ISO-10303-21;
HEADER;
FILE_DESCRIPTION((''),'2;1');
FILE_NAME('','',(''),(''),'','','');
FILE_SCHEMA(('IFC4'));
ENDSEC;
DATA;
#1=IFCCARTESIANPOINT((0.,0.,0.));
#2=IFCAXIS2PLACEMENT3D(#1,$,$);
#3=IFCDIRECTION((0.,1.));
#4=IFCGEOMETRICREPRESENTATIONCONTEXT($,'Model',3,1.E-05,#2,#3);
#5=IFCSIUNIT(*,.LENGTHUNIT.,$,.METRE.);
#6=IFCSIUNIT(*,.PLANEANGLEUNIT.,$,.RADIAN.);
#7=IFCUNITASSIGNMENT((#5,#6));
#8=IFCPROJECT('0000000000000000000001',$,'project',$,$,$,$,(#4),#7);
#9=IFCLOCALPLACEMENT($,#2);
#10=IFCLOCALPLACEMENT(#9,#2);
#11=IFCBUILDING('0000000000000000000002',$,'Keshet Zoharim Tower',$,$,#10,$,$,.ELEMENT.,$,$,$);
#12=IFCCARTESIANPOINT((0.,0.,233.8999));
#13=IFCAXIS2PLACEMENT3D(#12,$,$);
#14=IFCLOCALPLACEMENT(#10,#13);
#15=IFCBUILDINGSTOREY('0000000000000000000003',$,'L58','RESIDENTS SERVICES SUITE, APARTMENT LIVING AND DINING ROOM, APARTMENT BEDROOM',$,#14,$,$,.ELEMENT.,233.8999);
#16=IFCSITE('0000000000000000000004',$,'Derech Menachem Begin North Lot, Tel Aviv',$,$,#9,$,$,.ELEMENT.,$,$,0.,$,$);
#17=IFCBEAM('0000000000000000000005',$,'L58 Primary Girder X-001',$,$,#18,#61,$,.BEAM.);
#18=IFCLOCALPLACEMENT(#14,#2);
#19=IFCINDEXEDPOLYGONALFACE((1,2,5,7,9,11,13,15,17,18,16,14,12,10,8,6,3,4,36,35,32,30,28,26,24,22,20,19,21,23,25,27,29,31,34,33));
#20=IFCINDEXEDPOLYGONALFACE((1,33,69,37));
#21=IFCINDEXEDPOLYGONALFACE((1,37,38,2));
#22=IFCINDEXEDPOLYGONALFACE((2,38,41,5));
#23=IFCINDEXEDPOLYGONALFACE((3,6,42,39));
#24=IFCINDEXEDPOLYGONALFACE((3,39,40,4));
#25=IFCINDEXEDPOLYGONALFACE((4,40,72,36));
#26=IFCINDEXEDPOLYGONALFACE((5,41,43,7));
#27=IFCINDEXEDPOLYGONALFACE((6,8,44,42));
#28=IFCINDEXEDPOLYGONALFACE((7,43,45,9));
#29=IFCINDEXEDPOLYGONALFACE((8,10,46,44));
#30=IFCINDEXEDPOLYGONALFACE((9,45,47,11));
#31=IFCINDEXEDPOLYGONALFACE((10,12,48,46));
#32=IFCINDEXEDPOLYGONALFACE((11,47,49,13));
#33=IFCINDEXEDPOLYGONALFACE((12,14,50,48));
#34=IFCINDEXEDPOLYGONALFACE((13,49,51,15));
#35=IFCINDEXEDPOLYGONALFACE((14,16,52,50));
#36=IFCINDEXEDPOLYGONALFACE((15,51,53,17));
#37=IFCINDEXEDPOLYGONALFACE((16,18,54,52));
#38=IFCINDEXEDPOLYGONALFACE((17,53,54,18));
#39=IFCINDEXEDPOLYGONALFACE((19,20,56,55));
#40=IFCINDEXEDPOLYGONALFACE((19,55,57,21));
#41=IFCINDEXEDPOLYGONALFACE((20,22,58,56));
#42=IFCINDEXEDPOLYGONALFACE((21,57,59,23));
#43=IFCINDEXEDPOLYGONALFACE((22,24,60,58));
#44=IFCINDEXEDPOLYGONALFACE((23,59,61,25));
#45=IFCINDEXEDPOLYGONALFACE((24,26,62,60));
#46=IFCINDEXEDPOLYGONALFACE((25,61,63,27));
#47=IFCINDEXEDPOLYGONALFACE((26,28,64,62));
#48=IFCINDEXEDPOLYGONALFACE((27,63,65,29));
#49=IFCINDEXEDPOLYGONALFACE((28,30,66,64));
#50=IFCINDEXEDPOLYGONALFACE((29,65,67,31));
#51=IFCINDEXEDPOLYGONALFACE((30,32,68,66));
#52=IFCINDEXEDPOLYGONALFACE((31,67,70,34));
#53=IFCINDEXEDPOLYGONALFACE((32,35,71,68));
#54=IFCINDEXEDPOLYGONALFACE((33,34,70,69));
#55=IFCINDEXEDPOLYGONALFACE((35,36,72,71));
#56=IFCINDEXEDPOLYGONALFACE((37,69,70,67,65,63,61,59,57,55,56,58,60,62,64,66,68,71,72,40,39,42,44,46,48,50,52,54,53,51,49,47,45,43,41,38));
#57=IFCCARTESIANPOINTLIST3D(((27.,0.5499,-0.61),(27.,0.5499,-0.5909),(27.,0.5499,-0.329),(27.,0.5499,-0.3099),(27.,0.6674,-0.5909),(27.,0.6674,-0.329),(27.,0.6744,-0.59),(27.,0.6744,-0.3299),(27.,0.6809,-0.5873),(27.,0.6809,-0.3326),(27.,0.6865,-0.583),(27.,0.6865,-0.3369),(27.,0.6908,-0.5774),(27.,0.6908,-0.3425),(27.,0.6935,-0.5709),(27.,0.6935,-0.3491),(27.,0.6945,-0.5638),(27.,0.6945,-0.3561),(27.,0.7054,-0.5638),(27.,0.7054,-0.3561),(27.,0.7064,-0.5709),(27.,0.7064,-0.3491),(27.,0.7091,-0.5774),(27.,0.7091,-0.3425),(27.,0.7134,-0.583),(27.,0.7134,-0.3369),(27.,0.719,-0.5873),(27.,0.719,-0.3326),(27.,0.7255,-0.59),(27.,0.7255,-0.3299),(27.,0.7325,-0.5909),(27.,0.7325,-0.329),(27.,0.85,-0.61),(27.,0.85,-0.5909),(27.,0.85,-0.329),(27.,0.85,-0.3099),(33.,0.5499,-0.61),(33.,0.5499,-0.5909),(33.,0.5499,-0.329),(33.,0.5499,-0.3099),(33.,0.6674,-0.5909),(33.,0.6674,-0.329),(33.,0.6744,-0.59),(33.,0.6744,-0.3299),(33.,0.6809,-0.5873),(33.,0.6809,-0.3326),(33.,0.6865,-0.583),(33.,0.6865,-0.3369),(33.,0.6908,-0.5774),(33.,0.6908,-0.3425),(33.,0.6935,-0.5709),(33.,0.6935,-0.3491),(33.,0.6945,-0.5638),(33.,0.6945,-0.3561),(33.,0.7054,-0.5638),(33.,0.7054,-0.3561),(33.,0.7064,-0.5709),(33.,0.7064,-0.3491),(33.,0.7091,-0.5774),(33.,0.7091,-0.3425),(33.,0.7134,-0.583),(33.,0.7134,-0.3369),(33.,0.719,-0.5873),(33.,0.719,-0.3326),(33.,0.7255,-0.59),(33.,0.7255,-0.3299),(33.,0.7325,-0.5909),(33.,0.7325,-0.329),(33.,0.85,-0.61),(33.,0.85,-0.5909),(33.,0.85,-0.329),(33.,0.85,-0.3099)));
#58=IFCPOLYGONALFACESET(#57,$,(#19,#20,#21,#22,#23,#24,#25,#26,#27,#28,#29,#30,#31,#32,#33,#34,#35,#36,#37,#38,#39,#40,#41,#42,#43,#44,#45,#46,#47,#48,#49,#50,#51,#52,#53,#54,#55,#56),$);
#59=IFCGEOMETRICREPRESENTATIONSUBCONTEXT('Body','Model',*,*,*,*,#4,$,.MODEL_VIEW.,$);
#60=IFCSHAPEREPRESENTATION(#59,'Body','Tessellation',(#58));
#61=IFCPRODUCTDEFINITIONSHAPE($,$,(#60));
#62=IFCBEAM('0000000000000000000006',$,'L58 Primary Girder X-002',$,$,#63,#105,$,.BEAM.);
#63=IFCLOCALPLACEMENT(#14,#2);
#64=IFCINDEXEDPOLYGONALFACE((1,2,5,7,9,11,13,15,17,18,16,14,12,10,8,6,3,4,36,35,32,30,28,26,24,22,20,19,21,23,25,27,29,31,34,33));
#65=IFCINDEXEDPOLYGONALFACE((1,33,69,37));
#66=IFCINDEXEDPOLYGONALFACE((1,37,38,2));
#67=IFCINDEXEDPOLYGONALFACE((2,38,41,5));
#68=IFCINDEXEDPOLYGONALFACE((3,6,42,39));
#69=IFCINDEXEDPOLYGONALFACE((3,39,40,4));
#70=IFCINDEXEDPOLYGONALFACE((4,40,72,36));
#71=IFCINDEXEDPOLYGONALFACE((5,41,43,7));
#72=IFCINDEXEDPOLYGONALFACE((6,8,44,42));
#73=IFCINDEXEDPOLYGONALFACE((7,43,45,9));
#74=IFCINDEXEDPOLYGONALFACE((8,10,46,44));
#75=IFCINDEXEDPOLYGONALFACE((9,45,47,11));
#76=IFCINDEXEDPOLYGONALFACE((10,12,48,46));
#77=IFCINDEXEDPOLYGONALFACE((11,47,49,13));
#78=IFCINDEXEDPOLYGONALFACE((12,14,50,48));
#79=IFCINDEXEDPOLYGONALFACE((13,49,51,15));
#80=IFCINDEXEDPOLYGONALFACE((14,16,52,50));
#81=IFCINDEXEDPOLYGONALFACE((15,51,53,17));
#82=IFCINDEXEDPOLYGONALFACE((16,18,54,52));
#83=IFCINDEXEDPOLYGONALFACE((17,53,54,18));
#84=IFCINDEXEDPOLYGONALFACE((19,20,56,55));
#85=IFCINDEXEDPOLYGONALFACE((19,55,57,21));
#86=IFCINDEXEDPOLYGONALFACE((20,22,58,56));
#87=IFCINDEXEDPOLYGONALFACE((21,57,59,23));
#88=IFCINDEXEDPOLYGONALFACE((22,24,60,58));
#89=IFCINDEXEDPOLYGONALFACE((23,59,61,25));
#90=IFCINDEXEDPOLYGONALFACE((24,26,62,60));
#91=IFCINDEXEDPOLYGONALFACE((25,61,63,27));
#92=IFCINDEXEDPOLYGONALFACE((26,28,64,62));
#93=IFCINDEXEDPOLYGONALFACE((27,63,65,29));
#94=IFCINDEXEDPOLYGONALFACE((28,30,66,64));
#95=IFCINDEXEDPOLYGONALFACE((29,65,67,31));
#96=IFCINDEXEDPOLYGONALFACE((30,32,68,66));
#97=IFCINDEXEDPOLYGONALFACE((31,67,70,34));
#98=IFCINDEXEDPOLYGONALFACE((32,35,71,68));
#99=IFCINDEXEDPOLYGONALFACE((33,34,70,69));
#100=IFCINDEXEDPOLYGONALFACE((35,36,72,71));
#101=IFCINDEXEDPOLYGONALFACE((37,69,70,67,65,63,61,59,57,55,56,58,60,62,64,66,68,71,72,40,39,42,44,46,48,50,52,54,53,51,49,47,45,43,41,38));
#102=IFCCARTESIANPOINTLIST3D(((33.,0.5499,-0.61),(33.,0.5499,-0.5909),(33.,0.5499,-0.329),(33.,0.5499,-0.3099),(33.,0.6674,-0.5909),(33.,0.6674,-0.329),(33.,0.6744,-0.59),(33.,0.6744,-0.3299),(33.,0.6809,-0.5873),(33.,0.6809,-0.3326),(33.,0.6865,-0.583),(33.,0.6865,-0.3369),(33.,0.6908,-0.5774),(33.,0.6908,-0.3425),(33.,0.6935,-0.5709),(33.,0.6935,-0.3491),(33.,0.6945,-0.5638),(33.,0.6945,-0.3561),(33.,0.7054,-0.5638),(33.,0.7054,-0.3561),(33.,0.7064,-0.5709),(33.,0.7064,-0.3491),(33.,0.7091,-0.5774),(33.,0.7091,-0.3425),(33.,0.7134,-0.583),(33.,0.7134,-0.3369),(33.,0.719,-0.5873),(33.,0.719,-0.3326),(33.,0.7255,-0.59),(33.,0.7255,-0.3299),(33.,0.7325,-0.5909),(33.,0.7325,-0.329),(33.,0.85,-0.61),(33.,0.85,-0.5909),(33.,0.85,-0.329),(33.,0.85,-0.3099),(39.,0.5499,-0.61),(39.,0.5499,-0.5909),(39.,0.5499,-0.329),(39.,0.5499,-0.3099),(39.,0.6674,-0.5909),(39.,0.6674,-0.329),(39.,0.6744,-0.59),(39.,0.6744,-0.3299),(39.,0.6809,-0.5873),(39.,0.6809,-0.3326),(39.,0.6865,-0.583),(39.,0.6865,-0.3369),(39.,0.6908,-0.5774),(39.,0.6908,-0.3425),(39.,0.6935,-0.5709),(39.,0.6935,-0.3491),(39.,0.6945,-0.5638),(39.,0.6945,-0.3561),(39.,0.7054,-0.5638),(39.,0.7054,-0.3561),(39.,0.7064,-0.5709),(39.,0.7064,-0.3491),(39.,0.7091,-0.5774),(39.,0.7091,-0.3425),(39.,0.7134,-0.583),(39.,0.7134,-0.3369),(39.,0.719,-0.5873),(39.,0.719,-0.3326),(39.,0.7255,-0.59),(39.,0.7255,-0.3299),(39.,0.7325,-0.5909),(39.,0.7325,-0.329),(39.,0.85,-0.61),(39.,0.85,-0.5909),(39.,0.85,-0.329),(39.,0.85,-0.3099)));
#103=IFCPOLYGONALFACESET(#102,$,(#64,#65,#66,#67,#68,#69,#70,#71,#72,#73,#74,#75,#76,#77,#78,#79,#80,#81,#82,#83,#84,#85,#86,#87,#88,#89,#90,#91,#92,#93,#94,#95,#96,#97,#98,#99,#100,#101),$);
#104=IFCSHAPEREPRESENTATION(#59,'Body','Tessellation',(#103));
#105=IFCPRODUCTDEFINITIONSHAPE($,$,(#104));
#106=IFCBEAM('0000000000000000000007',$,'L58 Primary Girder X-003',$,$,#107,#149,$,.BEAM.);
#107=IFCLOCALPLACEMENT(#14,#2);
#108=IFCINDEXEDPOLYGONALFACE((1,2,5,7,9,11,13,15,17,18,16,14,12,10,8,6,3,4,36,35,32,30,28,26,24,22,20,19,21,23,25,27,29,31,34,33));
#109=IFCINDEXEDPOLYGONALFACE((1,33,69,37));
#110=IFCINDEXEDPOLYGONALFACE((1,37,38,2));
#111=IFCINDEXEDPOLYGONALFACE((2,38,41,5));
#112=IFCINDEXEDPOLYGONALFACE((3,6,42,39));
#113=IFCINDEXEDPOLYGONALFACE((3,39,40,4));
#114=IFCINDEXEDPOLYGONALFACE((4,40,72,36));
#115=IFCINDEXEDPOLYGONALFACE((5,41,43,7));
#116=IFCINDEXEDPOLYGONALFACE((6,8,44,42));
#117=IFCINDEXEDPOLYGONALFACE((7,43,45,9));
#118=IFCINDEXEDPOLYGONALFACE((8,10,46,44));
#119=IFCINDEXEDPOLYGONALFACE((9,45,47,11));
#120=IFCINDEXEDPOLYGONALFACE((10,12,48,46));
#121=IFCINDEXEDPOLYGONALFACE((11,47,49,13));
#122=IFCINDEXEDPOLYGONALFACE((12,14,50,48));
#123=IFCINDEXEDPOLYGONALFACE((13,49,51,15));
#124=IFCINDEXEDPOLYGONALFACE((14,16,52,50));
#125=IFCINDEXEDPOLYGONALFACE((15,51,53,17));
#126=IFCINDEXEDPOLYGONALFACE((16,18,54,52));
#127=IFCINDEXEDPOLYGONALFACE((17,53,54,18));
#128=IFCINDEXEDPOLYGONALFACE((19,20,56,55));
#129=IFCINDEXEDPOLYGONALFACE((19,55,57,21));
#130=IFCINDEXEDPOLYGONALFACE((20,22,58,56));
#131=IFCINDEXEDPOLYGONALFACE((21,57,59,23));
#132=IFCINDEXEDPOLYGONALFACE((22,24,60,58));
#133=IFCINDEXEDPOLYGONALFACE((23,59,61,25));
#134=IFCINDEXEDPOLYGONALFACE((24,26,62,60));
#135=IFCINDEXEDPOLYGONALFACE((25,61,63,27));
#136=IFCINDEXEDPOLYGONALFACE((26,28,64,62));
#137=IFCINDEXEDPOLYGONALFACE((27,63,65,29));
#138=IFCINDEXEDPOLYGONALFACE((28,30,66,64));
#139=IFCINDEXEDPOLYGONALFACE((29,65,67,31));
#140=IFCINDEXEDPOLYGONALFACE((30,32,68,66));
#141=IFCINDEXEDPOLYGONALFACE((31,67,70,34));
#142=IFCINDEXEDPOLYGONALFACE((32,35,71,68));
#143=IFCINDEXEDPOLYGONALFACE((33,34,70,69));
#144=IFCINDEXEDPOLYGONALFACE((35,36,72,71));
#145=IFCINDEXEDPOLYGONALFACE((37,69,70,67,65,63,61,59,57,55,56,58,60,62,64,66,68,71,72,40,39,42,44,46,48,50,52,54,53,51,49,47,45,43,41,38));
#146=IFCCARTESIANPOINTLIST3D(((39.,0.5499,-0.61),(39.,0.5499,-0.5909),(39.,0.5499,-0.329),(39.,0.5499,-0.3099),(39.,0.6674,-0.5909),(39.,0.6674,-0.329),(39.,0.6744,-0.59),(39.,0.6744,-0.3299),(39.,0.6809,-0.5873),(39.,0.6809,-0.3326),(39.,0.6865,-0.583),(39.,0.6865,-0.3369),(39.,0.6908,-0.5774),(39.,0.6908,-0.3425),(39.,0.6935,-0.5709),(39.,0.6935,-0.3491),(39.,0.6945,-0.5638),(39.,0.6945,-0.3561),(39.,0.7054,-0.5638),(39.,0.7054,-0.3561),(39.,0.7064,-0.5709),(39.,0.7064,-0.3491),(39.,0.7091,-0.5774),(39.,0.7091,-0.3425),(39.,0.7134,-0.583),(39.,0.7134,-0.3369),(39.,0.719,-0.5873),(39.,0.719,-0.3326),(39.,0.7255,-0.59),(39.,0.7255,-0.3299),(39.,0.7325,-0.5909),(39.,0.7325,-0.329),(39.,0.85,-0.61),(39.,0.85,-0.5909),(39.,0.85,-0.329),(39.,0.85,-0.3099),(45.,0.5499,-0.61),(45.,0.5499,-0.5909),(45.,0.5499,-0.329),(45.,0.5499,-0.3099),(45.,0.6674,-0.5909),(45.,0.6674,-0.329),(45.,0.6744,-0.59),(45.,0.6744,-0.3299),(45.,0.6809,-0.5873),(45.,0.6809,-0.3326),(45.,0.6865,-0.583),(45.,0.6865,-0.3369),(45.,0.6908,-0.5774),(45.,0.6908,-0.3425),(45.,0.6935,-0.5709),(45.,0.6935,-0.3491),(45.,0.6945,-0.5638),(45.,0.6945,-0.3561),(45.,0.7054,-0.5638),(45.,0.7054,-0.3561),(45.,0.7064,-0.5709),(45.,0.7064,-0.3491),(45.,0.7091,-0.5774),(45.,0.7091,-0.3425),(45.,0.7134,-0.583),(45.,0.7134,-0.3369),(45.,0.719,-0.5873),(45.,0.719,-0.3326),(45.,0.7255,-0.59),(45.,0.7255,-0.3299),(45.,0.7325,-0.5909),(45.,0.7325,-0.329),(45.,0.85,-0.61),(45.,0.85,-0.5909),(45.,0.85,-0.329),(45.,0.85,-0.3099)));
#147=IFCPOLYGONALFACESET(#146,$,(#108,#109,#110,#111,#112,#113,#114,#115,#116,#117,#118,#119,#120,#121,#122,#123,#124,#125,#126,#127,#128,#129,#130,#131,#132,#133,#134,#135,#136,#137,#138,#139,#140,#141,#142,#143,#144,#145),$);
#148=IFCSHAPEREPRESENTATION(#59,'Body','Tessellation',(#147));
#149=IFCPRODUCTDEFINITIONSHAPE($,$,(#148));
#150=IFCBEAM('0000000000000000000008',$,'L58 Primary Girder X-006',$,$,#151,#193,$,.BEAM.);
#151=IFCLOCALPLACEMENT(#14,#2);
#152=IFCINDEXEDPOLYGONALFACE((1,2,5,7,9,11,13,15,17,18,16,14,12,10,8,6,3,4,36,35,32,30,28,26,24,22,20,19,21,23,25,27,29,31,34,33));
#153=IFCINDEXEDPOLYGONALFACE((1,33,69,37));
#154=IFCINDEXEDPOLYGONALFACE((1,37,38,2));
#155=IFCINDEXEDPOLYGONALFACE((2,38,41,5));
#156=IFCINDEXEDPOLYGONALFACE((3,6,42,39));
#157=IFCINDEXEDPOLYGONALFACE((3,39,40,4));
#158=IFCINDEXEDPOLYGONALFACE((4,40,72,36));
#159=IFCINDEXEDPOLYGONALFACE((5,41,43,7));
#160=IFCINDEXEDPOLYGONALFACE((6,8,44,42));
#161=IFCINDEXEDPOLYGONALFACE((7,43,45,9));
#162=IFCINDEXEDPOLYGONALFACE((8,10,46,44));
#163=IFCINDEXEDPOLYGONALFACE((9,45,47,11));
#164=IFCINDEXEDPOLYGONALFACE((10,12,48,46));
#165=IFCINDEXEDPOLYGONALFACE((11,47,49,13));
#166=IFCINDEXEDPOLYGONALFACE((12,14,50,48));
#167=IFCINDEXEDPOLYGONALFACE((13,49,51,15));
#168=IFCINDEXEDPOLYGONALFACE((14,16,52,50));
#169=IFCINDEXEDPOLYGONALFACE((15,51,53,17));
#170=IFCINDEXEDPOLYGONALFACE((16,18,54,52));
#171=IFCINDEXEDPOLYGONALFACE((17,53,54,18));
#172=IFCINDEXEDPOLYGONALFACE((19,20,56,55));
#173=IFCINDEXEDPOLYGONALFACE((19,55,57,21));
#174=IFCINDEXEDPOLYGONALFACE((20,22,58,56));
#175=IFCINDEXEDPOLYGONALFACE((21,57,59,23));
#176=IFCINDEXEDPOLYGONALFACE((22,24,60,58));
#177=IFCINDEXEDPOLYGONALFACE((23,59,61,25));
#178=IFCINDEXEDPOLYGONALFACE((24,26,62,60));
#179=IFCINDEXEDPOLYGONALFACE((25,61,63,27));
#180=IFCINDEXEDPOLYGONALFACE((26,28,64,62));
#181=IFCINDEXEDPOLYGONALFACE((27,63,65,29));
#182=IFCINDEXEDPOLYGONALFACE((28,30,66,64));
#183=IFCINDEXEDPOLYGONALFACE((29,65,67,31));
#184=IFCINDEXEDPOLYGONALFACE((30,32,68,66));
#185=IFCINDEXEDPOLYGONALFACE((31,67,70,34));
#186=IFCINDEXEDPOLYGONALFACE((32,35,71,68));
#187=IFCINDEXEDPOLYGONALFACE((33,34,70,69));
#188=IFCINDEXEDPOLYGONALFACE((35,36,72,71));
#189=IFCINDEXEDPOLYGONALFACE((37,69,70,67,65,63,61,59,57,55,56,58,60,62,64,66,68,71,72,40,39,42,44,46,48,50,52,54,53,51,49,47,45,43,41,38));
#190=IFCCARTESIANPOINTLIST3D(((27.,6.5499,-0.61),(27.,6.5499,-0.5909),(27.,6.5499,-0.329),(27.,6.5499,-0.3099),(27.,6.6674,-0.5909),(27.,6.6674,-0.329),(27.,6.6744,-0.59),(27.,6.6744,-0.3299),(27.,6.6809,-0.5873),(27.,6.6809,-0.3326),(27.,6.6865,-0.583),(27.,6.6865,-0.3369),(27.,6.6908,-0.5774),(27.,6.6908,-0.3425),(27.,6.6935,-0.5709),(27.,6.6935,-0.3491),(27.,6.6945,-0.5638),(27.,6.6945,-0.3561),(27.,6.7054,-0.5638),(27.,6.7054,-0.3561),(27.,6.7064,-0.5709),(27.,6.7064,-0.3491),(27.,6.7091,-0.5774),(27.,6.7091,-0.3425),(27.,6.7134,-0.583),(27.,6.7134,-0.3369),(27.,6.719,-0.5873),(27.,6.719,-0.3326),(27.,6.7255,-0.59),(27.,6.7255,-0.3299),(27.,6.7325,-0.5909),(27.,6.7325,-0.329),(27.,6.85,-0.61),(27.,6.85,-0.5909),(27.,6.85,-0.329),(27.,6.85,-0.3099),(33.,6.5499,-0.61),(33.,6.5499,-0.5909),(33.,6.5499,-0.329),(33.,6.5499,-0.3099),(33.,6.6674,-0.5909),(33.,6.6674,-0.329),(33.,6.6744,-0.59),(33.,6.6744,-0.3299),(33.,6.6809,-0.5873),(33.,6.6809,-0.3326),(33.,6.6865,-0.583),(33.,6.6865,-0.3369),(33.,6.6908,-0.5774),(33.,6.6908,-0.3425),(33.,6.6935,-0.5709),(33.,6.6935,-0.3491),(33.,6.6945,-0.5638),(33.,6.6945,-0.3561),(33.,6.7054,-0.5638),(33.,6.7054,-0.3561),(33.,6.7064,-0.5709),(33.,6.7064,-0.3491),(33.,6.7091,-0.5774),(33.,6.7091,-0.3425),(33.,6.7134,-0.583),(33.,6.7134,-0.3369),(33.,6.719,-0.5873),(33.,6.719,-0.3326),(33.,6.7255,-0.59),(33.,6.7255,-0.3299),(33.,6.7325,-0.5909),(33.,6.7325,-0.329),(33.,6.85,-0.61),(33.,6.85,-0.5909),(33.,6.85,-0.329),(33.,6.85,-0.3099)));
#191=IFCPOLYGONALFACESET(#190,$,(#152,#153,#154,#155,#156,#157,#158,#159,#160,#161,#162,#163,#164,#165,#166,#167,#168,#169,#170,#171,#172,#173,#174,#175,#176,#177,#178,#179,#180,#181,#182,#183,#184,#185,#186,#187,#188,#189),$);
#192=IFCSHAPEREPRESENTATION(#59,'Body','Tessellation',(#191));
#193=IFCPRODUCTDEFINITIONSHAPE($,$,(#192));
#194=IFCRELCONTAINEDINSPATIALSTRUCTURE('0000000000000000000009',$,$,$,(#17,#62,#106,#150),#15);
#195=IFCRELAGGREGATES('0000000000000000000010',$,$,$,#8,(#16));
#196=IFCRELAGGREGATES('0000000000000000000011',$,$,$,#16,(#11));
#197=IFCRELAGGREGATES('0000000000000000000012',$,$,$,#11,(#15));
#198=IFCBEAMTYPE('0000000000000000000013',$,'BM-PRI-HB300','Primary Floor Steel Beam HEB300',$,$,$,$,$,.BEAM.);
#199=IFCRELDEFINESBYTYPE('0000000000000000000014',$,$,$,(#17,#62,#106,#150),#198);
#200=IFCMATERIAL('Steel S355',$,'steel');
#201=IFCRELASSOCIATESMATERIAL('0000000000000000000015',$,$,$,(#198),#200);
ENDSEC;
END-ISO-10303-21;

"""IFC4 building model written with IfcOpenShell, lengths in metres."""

from ifc_helpers import new_model, si_unit, direction, frame, origin, origin_2d, place, context, subcontext, project, spatial, i_section, extrude, material, material_profile, profile_set, type_object, element, save


model = new_model("IFC4")

# Units and contexts
model_context = context("Model", 3, precision=1e-05, world=origin(), true_north=direction((0.0, 1.0)))
body_context = subcontext(model_context, "Body", "Model", "MODEL_VIEW")
ifc_project = project(units=[si_unit("LENGTHUNIT", "METRE"), si_unit("PLANEANGLEUNIT", "RADIAN")], contexts=[model_context])

# Site, building, storey
site_placement = place(None, origin())
site = spatial("IfcSite", under=ifc_project, at=site_placement, Name="Derech Menachem Begin North Lot, Tel Aviv", CompositionType="ELEMENT", RefElevation=0.0)
building_placement = place(site_placement, origin())
building = spatial("IfcBuilding", under=site, at=building_placement, Name="Keshet Zoharim Tower", CompositionType="ELEMENT")
storey_placement = place(building_placement, frame((0.0, 0.0, 233.8999)))
storey = spatial("IfcBuildingStorey", under=building, at=storey_placement, Name="L58", Description="RESIDENTS SERVICES SUITE, APARTMENT LIVING AND DINING ROOM, APARTMENT BEDROOM", CompositionType="ELEMENT", Elevation=233.8999)

# Shared definitions
ifc_material_1 = material(Name="Steel S355", Category="steel")

# Beams
ifc_material_profile_1 = material_profile(ifc_material_1, i_section(OverallWidth=0.3, OverallDepth=0.3, WebThickness=0.011, FlangeThickness=0.019, FilletRadius=0.0271, at=origin_2d()), Name="HEB300")
ifc_profile_set_1 = profile_set([ifc_material_profile_1], Name="Steel S355")
beam_type_1 = type_object("IfcBeamType", Name="BM-PRI-HB300", Description="Primary Floor Steel Beam HEB300", PredefinedType="BEAM", material=ifc_profile_set_1)
for number, where, z_axis, x_axis, name in (
    (1, (27.0, 0.7, -0.46), (1.0, 0.0, 0.0), (0.0, 1.0, 0.0), "L58 Primary Girder X-001"),
    (2, (33.0, 0.7, -0.46), (1.0, 0.0, 0.0), (0.0, 1.0, 0.0), "L58 Primary Girder X-002"),
    (3, (39.0, 0.7, -0.46), (1.0, 0.0, 0.0), (0.0, 1.0, 0.0), "L58 Primary Girder X-003"),
    (4, (27.0, 6.7, -0.46), (1.0, 0.0, 0.0), (0.0, 1.0, 0.0), "L58 Primary Girder X-006"),
):
    element("IfcBeam", number, at=place(storey_placement, frame(where, z_axis=z_axis, x_axis=x_axis)), inside=storey, type_object=beam_type_1, Name=name, PredefinedType="BEAM", context=body_context, shape_type="SweptSolid", body=[
        extrude(i_section(OverallWidth=0.3, OverallDepth=0.3, WebThickness=0.011, FlangeThickness=0.019, FilletRadius=0.0271, at=origin_2d()), origin(), (0.0, 0.0, 1.0), 6.0),
    ])

save(model, "model.ifc")
